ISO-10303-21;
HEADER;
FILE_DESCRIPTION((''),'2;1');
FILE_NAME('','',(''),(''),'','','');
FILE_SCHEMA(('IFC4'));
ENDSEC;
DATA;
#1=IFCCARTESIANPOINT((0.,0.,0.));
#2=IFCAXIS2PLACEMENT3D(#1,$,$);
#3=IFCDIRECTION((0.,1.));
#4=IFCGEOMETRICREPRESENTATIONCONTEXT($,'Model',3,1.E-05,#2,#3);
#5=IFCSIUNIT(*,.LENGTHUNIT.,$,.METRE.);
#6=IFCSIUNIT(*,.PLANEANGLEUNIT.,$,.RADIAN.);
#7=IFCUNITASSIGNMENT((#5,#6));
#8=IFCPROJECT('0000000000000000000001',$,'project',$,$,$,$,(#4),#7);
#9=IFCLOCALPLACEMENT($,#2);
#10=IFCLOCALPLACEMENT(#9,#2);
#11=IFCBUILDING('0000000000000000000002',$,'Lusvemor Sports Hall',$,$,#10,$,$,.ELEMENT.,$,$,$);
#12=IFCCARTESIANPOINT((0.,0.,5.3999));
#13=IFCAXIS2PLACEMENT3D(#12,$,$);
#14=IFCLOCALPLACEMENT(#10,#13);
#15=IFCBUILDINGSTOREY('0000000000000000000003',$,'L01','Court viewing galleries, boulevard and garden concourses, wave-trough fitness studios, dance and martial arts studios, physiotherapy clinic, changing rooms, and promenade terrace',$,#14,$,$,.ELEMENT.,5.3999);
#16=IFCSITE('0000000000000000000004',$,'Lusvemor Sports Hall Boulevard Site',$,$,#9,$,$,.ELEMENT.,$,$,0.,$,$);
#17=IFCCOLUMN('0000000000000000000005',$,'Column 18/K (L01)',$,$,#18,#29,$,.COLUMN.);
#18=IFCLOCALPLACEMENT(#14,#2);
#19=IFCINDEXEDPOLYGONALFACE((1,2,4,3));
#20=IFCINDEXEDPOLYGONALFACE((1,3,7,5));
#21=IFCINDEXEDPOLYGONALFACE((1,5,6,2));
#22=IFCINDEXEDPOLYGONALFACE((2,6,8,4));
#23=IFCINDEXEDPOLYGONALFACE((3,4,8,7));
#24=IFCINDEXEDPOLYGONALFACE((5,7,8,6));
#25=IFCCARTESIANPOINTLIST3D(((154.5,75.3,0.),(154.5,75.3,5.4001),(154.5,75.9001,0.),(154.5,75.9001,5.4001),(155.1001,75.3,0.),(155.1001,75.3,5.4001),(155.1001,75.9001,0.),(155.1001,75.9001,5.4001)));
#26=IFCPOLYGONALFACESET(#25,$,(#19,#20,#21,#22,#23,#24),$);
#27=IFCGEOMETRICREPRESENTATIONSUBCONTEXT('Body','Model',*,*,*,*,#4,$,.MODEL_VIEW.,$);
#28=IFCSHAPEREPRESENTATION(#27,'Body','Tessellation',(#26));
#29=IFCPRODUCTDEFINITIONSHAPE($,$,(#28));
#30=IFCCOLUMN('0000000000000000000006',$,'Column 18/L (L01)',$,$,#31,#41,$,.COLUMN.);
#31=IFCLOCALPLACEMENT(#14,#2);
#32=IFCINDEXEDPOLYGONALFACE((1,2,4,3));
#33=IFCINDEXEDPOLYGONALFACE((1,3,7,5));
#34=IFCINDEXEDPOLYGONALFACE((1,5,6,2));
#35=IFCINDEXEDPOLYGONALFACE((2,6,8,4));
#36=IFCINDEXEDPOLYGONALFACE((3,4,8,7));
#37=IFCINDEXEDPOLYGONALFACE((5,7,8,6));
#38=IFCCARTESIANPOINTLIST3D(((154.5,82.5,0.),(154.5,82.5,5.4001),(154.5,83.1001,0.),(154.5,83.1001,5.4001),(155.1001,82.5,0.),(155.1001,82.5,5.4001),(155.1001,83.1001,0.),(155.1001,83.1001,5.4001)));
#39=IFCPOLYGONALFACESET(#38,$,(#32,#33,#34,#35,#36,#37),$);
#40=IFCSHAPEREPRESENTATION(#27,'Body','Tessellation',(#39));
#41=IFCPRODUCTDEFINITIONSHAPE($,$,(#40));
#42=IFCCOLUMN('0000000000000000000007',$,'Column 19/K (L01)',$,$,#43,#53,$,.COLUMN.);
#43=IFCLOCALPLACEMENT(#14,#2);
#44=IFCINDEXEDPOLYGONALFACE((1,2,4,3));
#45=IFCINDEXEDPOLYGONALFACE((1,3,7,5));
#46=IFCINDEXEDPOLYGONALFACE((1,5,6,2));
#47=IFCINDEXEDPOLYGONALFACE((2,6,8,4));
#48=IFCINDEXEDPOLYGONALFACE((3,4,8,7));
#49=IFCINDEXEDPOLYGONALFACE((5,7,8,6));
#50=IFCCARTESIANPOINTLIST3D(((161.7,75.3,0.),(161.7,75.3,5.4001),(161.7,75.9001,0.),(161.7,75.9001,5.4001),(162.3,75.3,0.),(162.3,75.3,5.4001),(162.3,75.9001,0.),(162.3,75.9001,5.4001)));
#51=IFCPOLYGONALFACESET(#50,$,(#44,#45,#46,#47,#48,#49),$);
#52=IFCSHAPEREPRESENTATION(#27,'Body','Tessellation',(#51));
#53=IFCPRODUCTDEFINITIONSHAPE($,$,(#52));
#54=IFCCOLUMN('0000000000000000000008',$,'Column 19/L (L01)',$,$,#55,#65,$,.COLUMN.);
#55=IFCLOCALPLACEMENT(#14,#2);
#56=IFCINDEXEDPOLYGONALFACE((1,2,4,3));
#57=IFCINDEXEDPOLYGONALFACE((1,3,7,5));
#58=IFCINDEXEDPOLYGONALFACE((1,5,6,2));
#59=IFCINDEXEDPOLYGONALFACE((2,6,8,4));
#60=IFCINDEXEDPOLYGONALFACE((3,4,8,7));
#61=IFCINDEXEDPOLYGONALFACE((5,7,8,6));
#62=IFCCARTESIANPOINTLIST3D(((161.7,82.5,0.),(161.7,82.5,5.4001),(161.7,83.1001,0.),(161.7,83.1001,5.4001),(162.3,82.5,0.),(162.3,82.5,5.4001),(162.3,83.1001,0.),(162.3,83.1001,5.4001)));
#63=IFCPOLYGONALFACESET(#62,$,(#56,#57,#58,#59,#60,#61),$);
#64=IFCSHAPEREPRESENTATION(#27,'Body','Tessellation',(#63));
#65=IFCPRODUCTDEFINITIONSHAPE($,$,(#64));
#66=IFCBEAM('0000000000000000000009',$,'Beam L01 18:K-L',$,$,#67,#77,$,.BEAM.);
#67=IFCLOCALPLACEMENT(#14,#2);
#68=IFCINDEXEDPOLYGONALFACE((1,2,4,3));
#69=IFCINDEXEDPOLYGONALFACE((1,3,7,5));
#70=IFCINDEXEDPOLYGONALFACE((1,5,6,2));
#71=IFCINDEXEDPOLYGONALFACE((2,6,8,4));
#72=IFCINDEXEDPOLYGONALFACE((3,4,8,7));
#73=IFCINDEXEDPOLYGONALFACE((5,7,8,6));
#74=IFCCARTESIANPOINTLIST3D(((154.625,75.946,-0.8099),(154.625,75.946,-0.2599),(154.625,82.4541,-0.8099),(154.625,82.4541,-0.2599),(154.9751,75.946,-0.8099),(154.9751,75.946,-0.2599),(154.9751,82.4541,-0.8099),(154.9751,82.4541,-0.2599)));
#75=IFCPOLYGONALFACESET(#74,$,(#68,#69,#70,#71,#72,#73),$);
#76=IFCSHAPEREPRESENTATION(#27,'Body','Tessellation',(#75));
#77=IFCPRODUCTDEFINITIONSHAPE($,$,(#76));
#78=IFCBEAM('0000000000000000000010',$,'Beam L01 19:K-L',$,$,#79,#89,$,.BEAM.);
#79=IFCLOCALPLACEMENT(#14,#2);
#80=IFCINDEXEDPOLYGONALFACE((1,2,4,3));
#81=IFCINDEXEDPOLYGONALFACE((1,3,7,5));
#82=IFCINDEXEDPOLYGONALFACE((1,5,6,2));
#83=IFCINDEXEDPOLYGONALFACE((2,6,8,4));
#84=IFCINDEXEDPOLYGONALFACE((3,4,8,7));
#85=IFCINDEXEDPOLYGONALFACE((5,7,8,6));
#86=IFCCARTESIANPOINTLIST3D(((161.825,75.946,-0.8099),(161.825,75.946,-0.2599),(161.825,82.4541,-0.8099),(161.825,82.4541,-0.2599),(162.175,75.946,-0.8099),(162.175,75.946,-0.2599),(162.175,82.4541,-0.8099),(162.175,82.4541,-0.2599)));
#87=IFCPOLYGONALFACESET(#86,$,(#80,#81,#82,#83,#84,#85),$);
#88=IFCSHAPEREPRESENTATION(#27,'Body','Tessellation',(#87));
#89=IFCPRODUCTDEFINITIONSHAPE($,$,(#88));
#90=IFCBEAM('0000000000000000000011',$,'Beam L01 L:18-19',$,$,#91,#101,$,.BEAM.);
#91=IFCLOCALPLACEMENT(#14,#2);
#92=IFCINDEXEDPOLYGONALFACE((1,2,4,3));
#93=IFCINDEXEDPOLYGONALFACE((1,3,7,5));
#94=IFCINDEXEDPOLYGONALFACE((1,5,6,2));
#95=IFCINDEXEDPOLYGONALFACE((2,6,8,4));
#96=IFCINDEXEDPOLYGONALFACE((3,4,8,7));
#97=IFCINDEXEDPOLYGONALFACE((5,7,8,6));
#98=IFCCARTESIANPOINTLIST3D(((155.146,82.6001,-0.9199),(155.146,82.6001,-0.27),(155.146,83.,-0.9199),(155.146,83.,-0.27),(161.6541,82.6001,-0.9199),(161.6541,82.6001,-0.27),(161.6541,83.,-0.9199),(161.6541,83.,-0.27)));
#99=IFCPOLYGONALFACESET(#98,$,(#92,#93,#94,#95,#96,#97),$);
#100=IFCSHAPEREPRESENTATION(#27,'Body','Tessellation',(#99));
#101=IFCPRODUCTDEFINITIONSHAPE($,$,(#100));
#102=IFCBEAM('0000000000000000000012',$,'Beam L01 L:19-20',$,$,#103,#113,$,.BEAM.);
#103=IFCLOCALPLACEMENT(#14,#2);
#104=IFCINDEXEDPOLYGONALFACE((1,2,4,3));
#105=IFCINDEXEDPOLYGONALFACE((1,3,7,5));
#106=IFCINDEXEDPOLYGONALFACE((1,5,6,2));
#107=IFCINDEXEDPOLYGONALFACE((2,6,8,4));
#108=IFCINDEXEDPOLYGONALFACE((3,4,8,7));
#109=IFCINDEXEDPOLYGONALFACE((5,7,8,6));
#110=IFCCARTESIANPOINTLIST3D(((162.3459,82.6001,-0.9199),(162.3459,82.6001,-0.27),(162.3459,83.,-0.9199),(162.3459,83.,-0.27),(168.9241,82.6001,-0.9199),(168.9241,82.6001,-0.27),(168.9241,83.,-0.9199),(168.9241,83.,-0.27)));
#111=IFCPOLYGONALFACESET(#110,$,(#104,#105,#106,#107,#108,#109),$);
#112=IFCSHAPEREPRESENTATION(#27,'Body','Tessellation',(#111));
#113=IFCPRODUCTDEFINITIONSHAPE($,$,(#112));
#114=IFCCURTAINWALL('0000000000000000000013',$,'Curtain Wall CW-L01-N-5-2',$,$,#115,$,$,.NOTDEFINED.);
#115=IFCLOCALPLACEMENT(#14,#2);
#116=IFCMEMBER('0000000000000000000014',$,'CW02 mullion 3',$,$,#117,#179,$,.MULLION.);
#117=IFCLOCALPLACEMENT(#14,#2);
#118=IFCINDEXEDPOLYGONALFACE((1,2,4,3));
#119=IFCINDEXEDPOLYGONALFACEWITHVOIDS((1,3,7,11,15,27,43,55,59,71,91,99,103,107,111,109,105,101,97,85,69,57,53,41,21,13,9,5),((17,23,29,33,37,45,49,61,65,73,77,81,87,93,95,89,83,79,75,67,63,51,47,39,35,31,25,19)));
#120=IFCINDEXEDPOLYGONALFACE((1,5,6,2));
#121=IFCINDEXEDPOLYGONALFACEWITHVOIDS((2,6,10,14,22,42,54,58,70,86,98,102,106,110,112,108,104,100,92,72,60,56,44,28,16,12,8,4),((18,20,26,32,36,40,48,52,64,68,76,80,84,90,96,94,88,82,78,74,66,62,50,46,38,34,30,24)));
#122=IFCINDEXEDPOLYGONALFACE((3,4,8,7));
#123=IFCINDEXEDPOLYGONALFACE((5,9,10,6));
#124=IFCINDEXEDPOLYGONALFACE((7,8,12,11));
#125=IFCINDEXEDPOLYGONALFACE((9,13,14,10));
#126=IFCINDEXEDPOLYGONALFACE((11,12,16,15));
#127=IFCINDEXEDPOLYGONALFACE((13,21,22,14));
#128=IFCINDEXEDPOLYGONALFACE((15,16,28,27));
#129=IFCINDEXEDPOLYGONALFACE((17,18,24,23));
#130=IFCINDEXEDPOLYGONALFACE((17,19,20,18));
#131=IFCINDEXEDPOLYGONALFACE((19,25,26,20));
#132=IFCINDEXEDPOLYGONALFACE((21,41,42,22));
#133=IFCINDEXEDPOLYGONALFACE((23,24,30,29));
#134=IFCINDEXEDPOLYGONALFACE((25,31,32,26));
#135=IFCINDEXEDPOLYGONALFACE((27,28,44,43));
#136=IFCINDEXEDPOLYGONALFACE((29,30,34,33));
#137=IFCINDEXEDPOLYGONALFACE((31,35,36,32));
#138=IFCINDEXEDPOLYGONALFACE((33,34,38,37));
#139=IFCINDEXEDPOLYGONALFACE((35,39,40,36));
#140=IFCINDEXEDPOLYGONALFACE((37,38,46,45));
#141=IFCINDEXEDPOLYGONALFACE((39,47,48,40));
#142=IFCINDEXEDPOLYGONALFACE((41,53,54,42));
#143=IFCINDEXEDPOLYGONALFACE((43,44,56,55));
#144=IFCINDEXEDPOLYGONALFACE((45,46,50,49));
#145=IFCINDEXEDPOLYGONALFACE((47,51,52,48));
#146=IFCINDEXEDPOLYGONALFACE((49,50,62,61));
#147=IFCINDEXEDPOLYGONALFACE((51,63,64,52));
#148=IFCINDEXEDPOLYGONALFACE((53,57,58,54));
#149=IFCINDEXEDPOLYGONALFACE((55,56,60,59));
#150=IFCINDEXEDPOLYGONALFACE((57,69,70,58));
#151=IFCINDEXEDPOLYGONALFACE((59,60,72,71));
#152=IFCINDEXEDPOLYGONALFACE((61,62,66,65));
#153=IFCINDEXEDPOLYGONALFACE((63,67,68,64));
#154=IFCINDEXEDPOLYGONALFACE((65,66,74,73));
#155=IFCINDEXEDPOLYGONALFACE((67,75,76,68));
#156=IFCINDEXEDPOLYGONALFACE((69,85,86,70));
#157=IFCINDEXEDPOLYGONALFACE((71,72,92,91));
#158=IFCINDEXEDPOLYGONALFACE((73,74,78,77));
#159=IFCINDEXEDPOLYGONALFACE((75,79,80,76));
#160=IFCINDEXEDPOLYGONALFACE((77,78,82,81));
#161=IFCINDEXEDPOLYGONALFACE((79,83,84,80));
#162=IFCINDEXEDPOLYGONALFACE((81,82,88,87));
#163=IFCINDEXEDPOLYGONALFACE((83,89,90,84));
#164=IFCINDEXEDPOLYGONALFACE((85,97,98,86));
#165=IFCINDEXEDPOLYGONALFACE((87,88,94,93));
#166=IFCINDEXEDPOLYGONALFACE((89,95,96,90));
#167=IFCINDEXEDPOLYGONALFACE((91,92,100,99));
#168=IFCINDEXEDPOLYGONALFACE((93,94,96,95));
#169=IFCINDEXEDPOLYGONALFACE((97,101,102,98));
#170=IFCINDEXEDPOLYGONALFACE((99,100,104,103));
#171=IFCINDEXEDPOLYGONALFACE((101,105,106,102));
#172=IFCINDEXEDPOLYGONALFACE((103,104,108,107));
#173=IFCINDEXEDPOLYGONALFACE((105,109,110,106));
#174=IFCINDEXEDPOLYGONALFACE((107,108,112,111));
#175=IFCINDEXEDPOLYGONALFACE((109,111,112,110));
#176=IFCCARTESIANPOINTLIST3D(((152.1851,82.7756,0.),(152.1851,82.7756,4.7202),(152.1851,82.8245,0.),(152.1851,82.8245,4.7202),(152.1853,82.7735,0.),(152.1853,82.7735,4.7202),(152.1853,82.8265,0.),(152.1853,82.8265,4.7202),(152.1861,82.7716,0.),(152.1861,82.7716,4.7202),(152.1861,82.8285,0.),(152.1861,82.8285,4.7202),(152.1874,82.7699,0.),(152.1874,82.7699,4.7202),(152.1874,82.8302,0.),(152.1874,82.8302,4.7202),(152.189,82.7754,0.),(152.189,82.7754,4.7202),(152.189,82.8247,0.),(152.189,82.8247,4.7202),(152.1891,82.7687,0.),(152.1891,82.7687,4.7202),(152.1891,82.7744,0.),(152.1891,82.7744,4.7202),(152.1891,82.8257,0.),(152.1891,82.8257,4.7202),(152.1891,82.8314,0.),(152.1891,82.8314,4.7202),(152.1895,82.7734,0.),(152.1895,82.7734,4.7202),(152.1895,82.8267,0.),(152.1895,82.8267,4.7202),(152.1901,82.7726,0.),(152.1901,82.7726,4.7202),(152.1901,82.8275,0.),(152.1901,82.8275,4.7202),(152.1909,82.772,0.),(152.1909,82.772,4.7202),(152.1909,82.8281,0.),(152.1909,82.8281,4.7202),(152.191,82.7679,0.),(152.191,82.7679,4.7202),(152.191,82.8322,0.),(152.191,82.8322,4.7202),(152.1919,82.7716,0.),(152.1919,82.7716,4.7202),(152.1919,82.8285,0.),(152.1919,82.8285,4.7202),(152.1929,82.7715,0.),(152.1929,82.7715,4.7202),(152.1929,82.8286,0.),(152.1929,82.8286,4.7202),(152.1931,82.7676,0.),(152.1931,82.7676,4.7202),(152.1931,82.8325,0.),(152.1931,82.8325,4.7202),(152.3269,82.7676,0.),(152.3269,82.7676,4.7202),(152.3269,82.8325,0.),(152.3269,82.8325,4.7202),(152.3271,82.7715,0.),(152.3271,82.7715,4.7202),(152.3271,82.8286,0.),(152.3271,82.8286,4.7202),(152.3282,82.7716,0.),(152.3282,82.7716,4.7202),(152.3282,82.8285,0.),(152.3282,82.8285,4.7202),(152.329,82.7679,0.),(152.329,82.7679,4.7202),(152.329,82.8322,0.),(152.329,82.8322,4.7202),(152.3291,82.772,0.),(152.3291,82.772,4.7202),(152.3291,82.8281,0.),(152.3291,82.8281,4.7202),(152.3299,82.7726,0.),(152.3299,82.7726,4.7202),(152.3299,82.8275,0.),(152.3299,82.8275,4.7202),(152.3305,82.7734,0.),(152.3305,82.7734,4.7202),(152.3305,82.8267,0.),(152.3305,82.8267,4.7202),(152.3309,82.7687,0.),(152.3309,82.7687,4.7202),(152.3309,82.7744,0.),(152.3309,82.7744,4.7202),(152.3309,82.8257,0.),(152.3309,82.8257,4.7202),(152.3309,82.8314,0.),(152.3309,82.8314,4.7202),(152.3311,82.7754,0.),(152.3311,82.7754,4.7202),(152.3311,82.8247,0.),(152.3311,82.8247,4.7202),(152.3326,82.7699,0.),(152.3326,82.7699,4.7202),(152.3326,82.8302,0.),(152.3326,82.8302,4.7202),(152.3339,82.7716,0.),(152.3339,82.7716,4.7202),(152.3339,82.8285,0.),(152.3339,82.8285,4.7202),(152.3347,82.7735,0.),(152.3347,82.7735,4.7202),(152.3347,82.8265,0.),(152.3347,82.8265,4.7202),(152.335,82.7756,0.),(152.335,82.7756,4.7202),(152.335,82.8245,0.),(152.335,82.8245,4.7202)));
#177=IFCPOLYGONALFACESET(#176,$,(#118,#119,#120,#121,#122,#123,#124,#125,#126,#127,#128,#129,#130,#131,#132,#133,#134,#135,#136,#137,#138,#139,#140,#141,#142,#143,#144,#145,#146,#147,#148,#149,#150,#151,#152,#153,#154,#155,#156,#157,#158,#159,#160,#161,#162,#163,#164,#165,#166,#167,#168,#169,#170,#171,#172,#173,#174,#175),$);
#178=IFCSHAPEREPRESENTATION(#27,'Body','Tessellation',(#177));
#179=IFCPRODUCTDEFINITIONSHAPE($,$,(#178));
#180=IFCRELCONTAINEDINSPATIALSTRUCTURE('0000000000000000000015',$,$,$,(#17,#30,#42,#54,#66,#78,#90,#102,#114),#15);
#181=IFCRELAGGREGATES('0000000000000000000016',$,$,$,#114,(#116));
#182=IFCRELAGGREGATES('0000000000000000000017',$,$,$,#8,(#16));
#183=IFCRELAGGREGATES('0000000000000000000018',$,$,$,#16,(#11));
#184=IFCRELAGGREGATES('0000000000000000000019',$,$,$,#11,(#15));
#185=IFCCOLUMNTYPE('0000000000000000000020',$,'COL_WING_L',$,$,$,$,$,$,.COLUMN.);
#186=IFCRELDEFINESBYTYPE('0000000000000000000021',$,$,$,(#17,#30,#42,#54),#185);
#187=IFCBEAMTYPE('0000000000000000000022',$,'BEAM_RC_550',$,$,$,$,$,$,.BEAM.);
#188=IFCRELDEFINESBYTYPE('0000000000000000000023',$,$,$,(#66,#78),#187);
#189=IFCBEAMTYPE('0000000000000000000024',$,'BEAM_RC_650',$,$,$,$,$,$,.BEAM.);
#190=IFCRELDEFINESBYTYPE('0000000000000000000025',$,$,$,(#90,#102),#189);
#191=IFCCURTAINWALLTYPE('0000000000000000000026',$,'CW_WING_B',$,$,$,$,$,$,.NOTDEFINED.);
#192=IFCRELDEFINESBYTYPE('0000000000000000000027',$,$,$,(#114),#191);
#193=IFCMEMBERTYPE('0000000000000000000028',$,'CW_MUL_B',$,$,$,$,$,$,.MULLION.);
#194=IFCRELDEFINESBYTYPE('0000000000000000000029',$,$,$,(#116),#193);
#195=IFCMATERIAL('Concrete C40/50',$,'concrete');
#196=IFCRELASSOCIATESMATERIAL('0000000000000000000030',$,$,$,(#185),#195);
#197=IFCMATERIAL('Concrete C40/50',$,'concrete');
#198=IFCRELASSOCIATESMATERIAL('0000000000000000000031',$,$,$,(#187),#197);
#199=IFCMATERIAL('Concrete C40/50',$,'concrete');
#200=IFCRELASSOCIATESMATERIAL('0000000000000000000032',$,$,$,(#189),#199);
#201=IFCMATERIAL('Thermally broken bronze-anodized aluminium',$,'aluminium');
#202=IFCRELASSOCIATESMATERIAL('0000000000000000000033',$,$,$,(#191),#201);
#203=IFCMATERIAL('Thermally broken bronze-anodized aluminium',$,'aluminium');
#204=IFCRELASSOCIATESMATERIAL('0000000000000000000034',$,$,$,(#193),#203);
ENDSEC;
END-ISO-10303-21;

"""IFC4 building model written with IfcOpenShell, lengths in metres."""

from ifc_helpers import new_model, si_unit, direction, frame, origin, origin_2d, place, context, subcontext, project, spatial, rectangle, hollow_rectangle, extrude, material, material_profile, profile_set, type_object, element, aggregate, save


model = new_model("IFC4")

# Units and contexts
model_context = context("Model", 3, precision=1e-05, world=origin(), true_north=direction((0.0, 1.0)))
body_context = subcontext(model_context, "Body", "Model", "MODEL_VIEW")
ifc_project = project(units=[si_unit("LENGTHUNIT", "METRE"), si_unit("PLANEANGLEUNIT", "RADIAN")], contexts=[model_context])

# Site, building, storey
site_placement = place(None, origin())
site = spatial("IfcSite", under=ifc_project, at=site_placement, Name="Lusvemor Sports Hall Boulevard Site", CompositionType="ELEMENT", RefElevation=0.0)
building_placement = place(site_placement, origin())
building = spatial("IfcBuilding", under=site, at=building_placement, Name="Lusvemor Sports Hall", CompositionType="ELEMENT")
storey_placement = place(building_placement, frame((0.0, 0.0, 5.3999)))
storey = spatial("IfcBuildingStorey", under=building, at=storey_placement, Name="L01", Description="Court viewing galleries, boulevard and garden concourses, wave-trough fitness studios, dance and martial arts studios, physiotherapy clinic, changing rooms, and promenade terrace", CompositionType="ELEMENT", Elevation=5.3999)

# Columns
ifc_material_1 = material(Name="Concrete C40/50", Category="concrete")
ifc_material_profile_1 = material_profile(ifc_material_1, rectangle(XDim=0.6001, YDim=0.6001, at=origin_2d()), Name="RC600x600")
ifc_profile_set_1 = profile_set([ifc_material_profile_1], Name="Concrete C40/50")
column_type = type_object("IfcColumnType", Name="COL_WING_L", PredefinedType="COLUMN", material=ifc_profile_set_1)
for number, where, z_axis, x_axis, name in (
    (1, (154.8, 75.6001, 0.0), (0.0, 0.0, 1.0), (1.0, 0.0, 0.0), "Column 18/K (L01)"),
    (2, (154.8, 82.8, 0.0), (0.0, 0.0, 1.0), (1.0, 0.0, 0.0), "Column 18/L (L01)"),
    (3, (162.0, 75.6001, 0.0), (0.0, 0.0, 1.0), (1.0, 0.0, 0.0), "Column 19/K (L01)"),
    (4, (162.0, 82.8, 0.0), (0.0, 0.0, 1.0), (1.0, 0.0, 0.0), "Column 19/L (L01)"),
):
    element("IfcColumn", number, at=place(storey_placement, frame(where, z_axis=z_axis, x_axis=x_axis)), inside=storey, type_object=column_type, Name=name, PredefinedType="COLUMN", context=body_context, shape_type="SweptSolid", body=[
        extrude(rectangle(XDim=0.6001, YDim=0.6001, at=origin_2d()), origin(), (0.0, 0.0, 1.0), 5.4001),
    ])

# Beams
ifc_material_2 = material(Name="Concrete C40/50", Category="concrete")
ifc_material_profile_2 = material_profile(ifc_material_2, rectangle(XDim=0.3501, YDim=0.55, at=origin_2d()), Name="RC350x550")
ifc_profile_set_2 = profile_set([ifc_material_profile_2], Name="Concrete C40/50")
beam_type_1 = type_object("IfcBeamType", Name="BEAM_RC_550", PredefinedType="BEAM", material=ifc_profile_set_2)
for number, where, z_axis, x_axis, name in (
    (5, (154.8, 75.946, -0.5349), (0.0, 1.0, 0.0), (-1.0, 0.0, 0.0), "Beam L01 18:K-L"),
    (6, (162.0, 75.946, -0.5349), (0.0, 1.0, 0.0), (-1.0, 0.0, 0.0), "Beam L01 19:K-L"),
):
    element("IfcBeam", number, at=place(storey_placement, frame(where, z_axis=z_axis, x_axis=x_axis)), inside=storey, type_object=beam_type_1, Name=name, PredefinedType="BEAM", context=body_context, shape_type="SweptSolid", body=[
        extrude(rectangle(XDim=0.3501, YDim=0.55, at=origin_2d()), origin(), (0.0, 0.0, 1.0), 6.5081),
    ])
ifc_material_3 = material(Name="Concrete C40/50", Category="concrete")
ifc_material_profile_3 = material_profile(ifc_material_3, rectangle(XDim=0.3999, YDim=0.6499, at=origin_2d()), Name="RC400x650")
ifc_profile_set_3 = profile_set([ifc_material_profile_3], Name="Concrete C40/50")
beam_type_2 = type_object("IfcBeamType", Name="BEAM_RC_650", PredefinedType="BEAM", material=ifc_profile_set_3)
beam_1_placement = place(storey_placement, frame((155.146, 82.8, -0.595), z_axis=(1.0, 0.0, 0.0), x_axis=(0.0, 1.0, 0.0)))
element("IfcBeam", 7, at=beam_1_placement, inside=storey, type_object=beam_type_2, Name="Beam L01 L:18-19", PredefinedType="BEAM", context=body_context, shape_type="SweptSolid", body=[
    extrude(rectangle(XDim=0.3999, YDim=0.6499, at=origin_2d()), origin(), (0.0, 0.0, 1.0), 6.5081),
])
beam_2_placement = place(storey_placement, frame((162.3459, 82.8, -0.595), z_axis=(1.0, 0.0, 0.0), x_axis=(0.0, 1.0, 0.0)))
element("IfcBeam", 8, at=beam_2_placement, inside=storey, type_object=beam_type_2, Name="Beam L01 L:19-20", PredefinedType="BEAM", context=body_context, shape_type="SweptSolid", body=[
    extrude(rectangle(XDim=0.3999, YDim=0.6499, at=origin_2d()), origin(), (0.0, 0.0, 1.0), 6.5781),
])

# Curtain wall, member
ifc_material_4 = material(Name="Thermally broken bronze-anodized aluminium", Category="aluminium")
curtain_wall_type = type_object("IfcCurtainWallType", Name="CW_WING_B", PredefinedType="NOTDEFINED", material=ifc_material_4)
curtain_wall_1_placement = place(storey_placement, origin())
curtain_wall_1 = element("IfcCurtainWall", 9, at=curtain_wall_1_placement, inside=storey, type_object=curtain_wall_type, Name="Curtain Wall CW-L01-N-5-2", PredefinedType="NOTDEFINED")
ifc_material_5 = material(Name="Thermally broken bronze-anodized aluminium", Category="aluminium")
ifc_material_profile_4 = material_profile(ifc_material_5, hollow_rectangle(XDim=0.0649, YDim=0.1499, WallThickness=0.0039, InnerFilletRadius=0.0039, OuterFilletRadius=0.0081, at=origin_2d()), Name="CWMUL150x65x4")
ifc_profile_set_4 = profile_set([ifc_material_profile_4], Name="Thermally broken bronze-anodized aluminium")
member_type_1 = type_object("IfcMemberType", Name="CW_MUL_B", PredefinedType="MULLION", material=ifc_profile_set_4)
member_1_placement = place(storey_placement, frame((152.26, 82.8, 0.0), z_axis=(0.0, 0.0, 1.0), x_axis=(0.0, 1.0, 0.0)))
member_1 = element("IfcMember", 10, at=member_1_placement, type_object=member_type_1, Name="CW02 mullion 3", PredefinedType="MULLION", context=body_context, shape_type="SweptSolid", body=[
    extrude(hollow_rectangle(XDim=0.0649, YDim=0.1499, WallThickness=0.0039, InnerFilletRadius=0.0039, OuterFilletRadius=0.0081, at=origin_2d()), origin(), (0.0, 0.0, 1.0), 4.7202),
])

aggregate(curtain_wall_1, [member_1])

save(model, "model.ifc")
